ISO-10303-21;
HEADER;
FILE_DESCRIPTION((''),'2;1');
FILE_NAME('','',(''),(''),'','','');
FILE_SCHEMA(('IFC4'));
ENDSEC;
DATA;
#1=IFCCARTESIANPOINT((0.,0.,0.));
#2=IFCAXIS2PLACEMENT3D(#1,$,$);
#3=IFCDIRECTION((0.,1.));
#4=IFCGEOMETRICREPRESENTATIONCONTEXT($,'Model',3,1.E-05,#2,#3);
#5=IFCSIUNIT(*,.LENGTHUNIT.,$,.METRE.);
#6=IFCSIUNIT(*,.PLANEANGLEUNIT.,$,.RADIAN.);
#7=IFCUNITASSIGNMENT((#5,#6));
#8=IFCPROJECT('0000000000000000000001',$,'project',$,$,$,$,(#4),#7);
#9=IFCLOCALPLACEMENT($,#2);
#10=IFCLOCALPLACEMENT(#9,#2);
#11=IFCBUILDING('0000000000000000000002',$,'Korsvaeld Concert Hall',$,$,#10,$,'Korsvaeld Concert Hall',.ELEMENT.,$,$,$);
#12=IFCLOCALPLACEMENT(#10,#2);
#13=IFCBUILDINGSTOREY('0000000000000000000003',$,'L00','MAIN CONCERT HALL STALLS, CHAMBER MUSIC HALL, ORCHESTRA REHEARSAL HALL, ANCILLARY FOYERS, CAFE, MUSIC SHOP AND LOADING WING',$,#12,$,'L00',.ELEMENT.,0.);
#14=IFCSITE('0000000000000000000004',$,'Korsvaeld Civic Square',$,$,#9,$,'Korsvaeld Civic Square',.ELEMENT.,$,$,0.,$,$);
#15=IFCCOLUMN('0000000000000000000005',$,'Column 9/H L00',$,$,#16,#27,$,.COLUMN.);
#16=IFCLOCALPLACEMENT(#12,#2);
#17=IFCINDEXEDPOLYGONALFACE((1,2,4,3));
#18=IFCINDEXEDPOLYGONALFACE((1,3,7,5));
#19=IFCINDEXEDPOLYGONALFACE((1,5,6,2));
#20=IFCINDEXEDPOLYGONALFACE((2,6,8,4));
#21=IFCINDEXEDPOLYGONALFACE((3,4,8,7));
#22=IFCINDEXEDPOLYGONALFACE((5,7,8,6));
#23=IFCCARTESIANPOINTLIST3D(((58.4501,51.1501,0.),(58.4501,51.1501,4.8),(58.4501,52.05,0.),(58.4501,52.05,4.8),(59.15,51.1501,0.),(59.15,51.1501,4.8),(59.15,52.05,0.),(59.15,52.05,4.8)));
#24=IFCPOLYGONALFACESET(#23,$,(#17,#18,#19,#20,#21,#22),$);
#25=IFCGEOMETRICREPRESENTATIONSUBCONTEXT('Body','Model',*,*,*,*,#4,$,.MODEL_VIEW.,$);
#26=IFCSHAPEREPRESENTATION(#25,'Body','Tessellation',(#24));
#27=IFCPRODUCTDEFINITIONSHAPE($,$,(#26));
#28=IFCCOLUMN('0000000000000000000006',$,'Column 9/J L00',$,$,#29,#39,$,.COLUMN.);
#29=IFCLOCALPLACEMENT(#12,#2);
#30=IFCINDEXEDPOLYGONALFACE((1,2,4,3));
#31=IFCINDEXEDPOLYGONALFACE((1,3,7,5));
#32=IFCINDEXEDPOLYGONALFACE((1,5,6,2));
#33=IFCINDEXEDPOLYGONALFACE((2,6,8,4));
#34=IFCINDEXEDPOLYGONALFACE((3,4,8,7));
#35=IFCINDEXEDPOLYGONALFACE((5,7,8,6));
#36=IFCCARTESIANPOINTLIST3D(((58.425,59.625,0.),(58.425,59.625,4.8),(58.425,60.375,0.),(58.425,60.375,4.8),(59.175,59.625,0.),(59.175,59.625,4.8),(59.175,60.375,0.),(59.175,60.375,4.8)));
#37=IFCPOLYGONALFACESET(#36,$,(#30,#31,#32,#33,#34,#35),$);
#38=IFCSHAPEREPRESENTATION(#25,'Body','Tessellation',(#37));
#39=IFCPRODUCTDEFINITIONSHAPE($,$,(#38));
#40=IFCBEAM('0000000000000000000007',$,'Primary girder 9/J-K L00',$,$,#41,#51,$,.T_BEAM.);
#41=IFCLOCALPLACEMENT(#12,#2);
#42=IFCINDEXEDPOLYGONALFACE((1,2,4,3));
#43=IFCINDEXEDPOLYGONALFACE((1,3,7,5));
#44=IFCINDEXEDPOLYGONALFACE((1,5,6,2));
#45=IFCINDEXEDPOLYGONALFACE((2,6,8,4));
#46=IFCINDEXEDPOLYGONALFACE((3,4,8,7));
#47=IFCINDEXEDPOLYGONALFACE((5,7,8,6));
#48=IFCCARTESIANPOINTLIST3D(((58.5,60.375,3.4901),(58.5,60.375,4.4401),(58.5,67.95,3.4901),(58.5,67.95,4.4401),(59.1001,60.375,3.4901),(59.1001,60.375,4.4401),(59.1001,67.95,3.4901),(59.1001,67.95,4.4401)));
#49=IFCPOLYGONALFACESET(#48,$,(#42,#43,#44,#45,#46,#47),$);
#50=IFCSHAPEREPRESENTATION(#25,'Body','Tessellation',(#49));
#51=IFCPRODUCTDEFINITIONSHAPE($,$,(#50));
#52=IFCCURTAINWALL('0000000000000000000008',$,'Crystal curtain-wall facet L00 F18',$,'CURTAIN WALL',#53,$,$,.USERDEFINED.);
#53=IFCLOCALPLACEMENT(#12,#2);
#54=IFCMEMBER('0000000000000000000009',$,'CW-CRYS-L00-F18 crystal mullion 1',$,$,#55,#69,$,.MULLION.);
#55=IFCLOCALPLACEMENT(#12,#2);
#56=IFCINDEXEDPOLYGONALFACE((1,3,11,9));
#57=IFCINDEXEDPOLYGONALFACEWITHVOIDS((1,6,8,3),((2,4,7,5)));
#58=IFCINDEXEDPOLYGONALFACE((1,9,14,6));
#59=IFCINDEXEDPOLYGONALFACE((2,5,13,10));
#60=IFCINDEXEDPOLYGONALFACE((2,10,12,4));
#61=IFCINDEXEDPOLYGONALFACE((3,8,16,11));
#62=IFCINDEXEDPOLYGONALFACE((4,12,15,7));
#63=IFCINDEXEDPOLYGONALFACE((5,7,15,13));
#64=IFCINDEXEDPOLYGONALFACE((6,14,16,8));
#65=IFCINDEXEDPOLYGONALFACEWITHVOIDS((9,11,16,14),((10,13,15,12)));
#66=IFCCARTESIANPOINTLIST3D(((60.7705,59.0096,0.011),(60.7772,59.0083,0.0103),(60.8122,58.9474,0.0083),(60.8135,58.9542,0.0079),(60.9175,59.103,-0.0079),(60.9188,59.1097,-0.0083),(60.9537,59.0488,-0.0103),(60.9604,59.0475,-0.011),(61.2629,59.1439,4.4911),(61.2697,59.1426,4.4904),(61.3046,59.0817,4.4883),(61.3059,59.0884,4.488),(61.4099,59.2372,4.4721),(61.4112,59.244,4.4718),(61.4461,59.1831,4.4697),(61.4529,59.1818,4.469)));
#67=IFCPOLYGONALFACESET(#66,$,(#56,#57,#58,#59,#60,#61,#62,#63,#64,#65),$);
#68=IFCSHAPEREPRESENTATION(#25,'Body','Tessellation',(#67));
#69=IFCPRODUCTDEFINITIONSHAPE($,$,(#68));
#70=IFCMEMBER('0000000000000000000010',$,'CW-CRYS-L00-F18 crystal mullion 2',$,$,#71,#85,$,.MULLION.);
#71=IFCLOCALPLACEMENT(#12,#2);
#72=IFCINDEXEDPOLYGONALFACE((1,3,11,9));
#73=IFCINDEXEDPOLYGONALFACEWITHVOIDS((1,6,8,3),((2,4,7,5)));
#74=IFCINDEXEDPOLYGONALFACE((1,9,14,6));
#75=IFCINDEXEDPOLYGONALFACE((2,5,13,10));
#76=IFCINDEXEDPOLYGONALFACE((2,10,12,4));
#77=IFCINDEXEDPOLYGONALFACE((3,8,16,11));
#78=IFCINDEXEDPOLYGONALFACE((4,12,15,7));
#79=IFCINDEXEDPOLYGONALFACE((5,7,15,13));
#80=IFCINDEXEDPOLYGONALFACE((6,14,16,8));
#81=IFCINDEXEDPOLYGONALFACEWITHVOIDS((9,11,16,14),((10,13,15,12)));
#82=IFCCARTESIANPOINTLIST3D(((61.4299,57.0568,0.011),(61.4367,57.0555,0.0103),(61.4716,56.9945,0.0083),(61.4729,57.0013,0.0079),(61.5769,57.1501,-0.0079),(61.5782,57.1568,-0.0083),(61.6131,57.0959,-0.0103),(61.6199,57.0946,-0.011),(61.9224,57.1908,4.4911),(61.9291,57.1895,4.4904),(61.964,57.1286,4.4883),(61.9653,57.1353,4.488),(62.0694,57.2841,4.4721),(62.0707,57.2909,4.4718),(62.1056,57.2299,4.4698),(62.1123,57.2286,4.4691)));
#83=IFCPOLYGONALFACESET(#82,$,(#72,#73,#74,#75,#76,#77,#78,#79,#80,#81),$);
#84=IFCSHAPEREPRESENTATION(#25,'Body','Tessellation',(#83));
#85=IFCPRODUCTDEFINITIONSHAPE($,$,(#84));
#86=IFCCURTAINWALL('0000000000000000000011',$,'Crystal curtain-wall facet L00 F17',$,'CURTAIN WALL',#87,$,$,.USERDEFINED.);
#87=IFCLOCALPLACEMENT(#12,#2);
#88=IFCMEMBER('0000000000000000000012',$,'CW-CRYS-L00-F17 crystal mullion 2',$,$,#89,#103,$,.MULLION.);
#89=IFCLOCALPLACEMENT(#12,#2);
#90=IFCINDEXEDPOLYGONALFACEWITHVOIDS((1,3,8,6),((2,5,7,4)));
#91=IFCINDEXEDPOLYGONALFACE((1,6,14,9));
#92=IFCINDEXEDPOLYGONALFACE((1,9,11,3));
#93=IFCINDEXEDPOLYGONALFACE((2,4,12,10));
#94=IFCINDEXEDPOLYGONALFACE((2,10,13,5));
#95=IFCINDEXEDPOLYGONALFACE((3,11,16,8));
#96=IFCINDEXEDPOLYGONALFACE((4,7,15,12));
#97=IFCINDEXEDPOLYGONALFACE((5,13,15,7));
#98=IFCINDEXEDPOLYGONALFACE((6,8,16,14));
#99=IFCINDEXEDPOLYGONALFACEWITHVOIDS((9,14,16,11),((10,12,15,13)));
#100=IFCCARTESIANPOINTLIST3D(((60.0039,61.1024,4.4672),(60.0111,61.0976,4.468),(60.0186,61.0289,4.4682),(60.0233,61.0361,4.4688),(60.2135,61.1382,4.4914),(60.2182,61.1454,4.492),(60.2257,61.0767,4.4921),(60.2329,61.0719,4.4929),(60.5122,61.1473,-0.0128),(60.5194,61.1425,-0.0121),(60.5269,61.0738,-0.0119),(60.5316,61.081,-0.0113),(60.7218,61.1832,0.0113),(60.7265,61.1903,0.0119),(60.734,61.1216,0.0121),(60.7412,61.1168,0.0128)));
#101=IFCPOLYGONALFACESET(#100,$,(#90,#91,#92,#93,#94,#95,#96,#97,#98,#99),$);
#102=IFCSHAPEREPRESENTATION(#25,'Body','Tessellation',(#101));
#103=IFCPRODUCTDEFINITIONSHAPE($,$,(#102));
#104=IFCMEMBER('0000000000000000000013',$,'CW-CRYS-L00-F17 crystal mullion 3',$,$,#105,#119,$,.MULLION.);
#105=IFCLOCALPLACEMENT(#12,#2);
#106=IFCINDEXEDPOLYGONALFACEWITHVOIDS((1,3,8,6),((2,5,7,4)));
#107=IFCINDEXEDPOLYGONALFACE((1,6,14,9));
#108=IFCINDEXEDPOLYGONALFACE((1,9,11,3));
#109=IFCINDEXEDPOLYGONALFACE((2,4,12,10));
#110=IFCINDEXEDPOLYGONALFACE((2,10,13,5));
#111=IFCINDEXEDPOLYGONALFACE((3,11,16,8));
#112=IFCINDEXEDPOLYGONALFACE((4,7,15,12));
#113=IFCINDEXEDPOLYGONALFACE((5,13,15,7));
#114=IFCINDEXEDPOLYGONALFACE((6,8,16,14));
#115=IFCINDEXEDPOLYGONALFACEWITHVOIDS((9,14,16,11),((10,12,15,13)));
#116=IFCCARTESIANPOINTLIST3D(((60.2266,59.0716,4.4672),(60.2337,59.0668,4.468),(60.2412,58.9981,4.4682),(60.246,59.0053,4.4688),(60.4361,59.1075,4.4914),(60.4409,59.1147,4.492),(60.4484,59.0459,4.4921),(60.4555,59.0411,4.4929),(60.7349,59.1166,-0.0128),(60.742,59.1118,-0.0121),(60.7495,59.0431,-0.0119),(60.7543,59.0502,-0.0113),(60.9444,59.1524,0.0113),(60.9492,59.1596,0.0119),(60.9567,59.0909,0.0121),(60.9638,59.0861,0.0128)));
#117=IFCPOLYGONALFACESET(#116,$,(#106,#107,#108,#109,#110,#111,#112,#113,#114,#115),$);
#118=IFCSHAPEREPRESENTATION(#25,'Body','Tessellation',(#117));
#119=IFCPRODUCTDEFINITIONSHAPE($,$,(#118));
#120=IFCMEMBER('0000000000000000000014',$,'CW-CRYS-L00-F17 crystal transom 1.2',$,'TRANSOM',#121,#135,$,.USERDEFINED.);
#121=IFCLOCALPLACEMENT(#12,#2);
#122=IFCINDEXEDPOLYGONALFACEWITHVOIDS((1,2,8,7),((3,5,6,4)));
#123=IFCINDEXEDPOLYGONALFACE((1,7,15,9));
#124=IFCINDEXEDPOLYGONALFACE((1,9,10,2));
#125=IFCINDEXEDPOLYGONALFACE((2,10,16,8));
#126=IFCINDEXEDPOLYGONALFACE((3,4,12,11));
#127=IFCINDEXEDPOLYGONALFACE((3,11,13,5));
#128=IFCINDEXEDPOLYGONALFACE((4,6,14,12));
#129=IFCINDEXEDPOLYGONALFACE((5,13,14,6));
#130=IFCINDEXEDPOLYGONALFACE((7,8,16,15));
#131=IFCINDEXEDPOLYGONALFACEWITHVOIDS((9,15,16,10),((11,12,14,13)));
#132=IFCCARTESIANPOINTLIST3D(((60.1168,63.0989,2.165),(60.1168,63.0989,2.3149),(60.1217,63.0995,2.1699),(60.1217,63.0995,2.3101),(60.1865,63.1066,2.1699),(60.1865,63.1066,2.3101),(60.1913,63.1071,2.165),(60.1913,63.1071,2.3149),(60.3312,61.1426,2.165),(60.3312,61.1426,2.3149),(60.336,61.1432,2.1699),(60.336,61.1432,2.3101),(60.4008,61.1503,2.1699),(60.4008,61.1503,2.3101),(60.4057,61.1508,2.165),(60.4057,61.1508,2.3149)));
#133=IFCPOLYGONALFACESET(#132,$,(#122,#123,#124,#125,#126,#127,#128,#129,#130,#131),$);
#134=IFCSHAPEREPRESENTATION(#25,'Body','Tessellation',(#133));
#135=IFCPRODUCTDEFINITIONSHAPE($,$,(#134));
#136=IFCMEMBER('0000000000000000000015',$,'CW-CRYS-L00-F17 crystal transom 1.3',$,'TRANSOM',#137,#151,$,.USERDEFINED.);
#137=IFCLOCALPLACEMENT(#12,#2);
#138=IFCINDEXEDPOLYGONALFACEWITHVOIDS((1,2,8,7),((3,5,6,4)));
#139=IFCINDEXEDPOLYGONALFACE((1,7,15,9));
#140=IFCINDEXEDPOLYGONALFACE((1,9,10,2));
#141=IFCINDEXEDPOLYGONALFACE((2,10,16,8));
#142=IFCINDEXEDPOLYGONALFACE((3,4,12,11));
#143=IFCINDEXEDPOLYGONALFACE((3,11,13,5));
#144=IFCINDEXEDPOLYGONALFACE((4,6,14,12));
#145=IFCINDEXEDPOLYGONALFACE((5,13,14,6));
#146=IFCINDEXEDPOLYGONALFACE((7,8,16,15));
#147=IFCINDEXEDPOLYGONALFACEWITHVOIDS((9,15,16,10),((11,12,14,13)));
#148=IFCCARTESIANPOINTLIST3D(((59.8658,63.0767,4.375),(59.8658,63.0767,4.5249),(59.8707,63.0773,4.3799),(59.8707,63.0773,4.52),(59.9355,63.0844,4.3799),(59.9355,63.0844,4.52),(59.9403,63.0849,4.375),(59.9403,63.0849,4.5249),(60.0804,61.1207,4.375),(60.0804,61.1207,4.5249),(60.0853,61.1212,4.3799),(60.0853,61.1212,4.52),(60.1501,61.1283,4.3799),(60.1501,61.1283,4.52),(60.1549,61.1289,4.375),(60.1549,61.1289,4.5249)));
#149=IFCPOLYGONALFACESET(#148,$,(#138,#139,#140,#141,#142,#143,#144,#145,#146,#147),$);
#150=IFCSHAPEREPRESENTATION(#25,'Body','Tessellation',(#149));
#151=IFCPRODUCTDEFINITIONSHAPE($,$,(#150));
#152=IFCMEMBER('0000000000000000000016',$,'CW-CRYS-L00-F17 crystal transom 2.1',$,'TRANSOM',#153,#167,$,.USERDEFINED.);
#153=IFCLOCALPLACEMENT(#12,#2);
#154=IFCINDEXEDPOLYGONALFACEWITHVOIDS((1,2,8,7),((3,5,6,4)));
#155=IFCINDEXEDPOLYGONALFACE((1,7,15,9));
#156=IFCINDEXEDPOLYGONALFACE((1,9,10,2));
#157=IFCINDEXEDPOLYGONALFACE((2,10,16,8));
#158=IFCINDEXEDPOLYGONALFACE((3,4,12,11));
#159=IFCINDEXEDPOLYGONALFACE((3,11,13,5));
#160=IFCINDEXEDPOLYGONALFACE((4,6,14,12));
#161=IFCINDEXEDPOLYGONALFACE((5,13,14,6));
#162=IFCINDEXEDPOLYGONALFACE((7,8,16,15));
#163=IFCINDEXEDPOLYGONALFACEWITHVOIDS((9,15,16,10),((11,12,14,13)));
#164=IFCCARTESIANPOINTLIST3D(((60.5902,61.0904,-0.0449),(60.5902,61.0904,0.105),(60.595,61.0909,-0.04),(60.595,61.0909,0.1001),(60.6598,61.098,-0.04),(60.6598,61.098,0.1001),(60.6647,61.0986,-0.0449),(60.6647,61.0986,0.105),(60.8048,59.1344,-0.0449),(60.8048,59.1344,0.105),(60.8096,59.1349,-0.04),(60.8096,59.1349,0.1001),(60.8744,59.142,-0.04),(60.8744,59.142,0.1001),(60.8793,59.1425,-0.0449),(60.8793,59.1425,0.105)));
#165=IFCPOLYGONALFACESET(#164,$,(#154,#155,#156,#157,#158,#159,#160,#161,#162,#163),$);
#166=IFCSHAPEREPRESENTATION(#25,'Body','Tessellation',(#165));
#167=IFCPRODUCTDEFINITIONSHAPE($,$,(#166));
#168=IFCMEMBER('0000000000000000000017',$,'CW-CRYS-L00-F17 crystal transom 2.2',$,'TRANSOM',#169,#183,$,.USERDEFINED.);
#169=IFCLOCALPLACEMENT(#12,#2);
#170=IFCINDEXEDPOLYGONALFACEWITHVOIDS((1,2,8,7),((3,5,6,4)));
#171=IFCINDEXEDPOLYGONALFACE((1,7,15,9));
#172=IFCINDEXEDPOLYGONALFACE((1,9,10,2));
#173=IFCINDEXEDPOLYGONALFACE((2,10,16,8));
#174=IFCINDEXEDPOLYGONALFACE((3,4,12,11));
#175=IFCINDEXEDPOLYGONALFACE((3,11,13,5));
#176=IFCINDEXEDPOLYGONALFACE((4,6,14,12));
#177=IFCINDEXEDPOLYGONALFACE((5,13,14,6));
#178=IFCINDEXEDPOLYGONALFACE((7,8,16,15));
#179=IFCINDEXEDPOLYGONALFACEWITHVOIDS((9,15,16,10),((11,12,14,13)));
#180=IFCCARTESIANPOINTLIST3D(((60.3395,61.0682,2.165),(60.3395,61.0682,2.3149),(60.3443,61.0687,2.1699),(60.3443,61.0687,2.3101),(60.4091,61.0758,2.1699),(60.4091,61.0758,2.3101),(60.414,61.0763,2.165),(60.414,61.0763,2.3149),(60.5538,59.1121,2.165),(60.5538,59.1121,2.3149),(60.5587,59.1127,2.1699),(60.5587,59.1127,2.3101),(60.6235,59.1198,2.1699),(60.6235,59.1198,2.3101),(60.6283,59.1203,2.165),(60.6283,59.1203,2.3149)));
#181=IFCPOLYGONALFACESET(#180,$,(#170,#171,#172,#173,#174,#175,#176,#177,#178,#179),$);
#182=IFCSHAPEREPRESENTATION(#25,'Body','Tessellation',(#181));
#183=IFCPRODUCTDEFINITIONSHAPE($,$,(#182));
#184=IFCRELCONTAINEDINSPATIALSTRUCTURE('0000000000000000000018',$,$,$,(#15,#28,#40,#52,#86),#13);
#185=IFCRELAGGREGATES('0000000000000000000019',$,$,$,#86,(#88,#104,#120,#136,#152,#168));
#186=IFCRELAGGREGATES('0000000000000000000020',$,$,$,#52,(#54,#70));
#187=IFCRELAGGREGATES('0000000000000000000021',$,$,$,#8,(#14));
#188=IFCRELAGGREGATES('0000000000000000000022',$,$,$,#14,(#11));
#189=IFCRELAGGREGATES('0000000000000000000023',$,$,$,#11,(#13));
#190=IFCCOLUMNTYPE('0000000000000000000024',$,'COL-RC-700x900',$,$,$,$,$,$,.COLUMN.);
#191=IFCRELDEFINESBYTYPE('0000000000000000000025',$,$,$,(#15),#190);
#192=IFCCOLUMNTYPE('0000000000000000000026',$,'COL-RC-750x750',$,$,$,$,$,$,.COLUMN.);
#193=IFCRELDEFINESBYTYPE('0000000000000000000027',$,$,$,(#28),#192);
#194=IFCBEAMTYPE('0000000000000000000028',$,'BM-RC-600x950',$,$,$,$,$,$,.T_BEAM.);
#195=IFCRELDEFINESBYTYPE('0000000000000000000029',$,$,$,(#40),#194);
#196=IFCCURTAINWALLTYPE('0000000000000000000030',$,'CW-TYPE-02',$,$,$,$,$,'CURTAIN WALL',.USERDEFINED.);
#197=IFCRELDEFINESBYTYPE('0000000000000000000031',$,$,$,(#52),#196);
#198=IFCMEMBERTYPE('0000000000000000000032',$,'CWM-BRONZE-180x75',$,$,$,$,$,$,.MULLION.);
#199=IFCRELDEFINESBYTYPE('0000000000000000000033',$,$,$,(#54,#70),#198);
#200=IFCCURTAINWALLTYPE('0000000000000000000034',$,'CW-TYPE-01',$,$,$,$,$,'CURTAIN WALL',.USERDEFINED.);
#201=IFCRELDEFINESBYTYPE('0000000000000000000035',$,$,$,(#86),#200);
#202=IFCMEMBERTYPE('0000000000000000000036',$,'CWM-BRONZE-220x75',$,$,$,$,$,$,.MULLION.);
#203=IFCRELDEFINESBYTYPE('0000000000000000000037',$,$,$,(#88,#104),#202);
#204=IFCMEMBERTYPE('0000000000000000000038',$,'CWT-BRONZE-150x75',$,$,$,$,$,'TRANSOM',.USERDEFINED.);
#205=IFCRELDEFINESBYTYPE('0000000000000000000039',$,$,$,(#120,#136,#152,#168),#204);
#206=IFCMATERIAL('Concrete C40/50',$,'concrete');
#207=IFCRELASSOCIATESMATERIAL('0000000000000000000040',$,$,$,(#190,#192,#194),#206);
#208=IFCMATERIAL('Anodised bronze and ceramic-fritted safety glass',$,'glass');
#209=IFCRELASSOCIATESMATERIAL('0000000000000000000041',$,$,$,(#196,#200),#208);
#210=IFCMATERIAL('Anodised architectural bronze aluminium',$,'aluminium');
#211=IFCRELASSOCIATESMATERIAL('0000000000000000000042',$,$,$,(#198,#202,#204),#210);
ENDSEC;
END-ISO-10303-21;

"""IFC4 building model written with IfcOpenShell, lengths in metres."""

from ifc_helpers import new_model, si_unit, direction, frame, origin, origin_2d, place, context, subcontext, project, spatial, rectangle, hollow_rectangle, extrude, material, material_profile, profile_set, type_object, element, aggregate, save


model = new_model("IFC4")

# Units and contexts
model_context = context("Model", 3, precision=1e-05, world=origin(), true_north=direction((0.0, 1.0)))
body_context = subcontext(model_context, "Body", "Model", "MODEL_VIEW")
ifc_project = project(units=[si_unit("LENGTHUNIT", "METRE"), si_unit("PLANEANGLEUNIT", "RADIAN")], contexts=[model_context])

# Site, building, storey
site_placement = place(None, origin())
site = spatial("IfcSite", under=ifc_project, at=site_placement, Name="Korsvaeld Civic Square", LongName="Korsvaeld Civic Square", CompositionType="ELEMENT", RefElevation=0.0)
building_placement = place(site_placement, origin())
building = spatial("IfcBuilding", under=site, at=building_placement, Name="Korsvaeld Concert Hall", LongName="Korsvaeld Concert Hall", CompositionType="ELEMENT")
storey_placement = place(building_placement, origin())
storey = spatial("IfcBuildingStorey", under=building, at=storey_placement, Name="L00", Description="MAIN CONCERT HALL STALLS, CHAMBER MUSIC HALL, ORCHESTRA REHEARSAL HALL, ANCILLARY FOYERS, CAFE, MUSIC SHOP AND LOADING WING", LongName="L00", CompositionType="ELEMENT", Elevation=0.0)

# Columns
ifc_material_1 = material(Name="Concrete C40/50", Category="concrete")
ifc_material_profile_1 = material_profile(ifc_material_1, rectangle(XDim=0.7, YDim=0.8999, at=origin_2d()), Name="RC 700x900")
ifc_profile_set_1 = profile_set([ifc_material_profile_1], Name="Concrete C40/50")
column_type_1 = type_object("IfcColumnType", Name="COL-RC-700x900", PredefinedType="COLUMN", material=ifc_profile_set_1)
column_1_placement = place(storey_placement, frame((58.8, 51.6001, 0.0), z_axis=(0.0, 0.0, 1.0), x_axis=(1.0, 0.0, 0.0)))
element("IfcColumn", 1, at=column_1_placement, inside=storey, type_object=column_type_1, Name="Column 9/H L00", PredefinedType="COLUMN", context=body_context, shape_type="SweptSolid", body=[
    extrude(rectangle(XDim=0.7, YDim=0.8999, at=origin_2d()), origin(), (0.0, 0.0, 1.0), 4.8),
])
ifc_material_profile_2 = material_profile(ifc_material_1, rectangle(XDim=0.75, YDim=0.75, at=origin_2d()), Name="RC 750x750")
ifc_profile_set_2 = profile_set([ifc_material_profile_2], Name="Concrete C40/50")
column_type_2 = type_object("IfcColumnType", Name="COL-RC-750x750", PredefinedType="COLUMN", material=ifc_profile_set_2)
column_2_placement = place(storey_placement, frame((58.8, 60.0, 0.0), z_axis=(0.0, 0.0, 1.0), x_axis=(1.0, 0.0, 0.0)))
element("IfcColumn", 2, at=column_2_placement, inside=storey, type_object=column_type_2, Name="Column 9/J L00", PredefinedType="COLUMN", context=body_context, shape_type="SweptSolid", body=[
    extrude(rectangle(XDim=0.75, YDim=0.75, at=origin_2d()), origin(), (0.0, 0.0, 1.0), 4.8),
])

# Beam
ifc_material_profile_3 = material_profile(ifc_material_1, rectangle(XDim=0.6001, YDim=0.95, at=origin_2d()), Name="RC 600x950")
ifc_profile_set_3 = profile_set([ifc_material_profile_3], Name="Concrete C40/50")
beam_type = type_object("IfcBeamType", Name="BM-RC-600x950", PredefinedType="T_BEAM", material=ifc_profile_set_3)
beam_placement = place(storey_placement, frame((58.8, 60.375, 3.9651), z_axis=(0.0, 1.0, 0.0), x_axis=(-1.0, 0.0, 0.0)))
element("IfcBeam", 3, at=beam_placement, inside=storey, type_object=beam_type, Name="Primary girder 9/J-K L00", PredefinedType="T_BEAM", context=body_context, shape_type="SweptSolid", body=[
    extrude(rectangle(XDim=0.6001, YDim=0.95, at=origin_2d()), origin(), (0.0, 0.0, 1.0), 7.575),
])

# Curtain walls, members
ifc_material_2 = material(Name="Anodised bronze and ceramic-fritted safety glass", Category="glass")
curtain_wall_type_1 = type_object("IfcCurtainWallType", Name="CW-TYPE-02", ElementType="CURTAIN WALL", PredefinedType="USERDEFINED", material=ifc_material_2)
curtain_wall_1_placement = place(storey_placement, origin())
curtain_wall_1 = element("IfcCurtainWall", 4, at=curtain_wall_1_placement, inside=storey, type_object=curtain_wall_type_1, Name="Crystal curtain-wall facet L00 F18", ObjectType="CURTAIN WALL", PredefinedType="USERDEFINED")
ifc_material_3 = material(Name="Anodised architectural bronze aluminium", Category="aluminium")
ifc_material_profile_4 = material_profile(ifc_material_3, hollow_rectangle(XDim=0.075, YDim=0.1799, WallThickness=0.0049, at=origin_2d()), Name="CWM 180x75x5")
ifc_profile_set_4 = profile_set([ifc_material_profile_4], Name="Anodised architectural bronze aluminium")
member_type_1 = type_object("IfcMemberType", Name="CWM-BRONZE-180x75", PredefinedType="MULLION", material=ifc_profile_set_4)
member_1_placement = place(storey_placement, frame((60.8655, 59.0286, 0.0), z_axis=(0.109212, 0.02978, 0.993572), x_axis=(-0.555918, 0.830448, 0.036215)))
member_1 = element("IfcMember", 5, at=member_1_placement, type_object=member_type_1, Name="CW-CRYS-L00-F18 crystal mullion 1", PredefinedType="MULLION", context=body_context, shape_type="SweptSolid", body=[
    extrude(hollow_rectangle(XDim=0.075, YDim=0.1799, WallThickness=0.0049, at=origin_2d()), origin(), (0.0, 0.0, 1.0), 4.509),
])
member_2_placement = place(storey_placement, frame((61.5249, 57.0757, 0.0), z_axis=(0.109212, 0.029726, 0.993574), x_axis=(-0.555535, 0.830704, 0.03621)))
member_2 = element("IfcMember", 6, at=member_2_placement, type_object=member_type_1, Name="CW-CRYS-L00-F18 crystal mullion 2", PredefinedType="MULLION", context=body_context, shape_type="SweptSolid", body=[
    extrude(hollow_rectangle(XDim=0.075, YDim=0.1799, WallThickness=0.0049, at=origin_2d()), origin(), (0.0, 0.0, 1.0), 4.509),
])
curtain_wall_type_2 = type_object("IfcCurtainWallType", Name="CW-TYPE-01", ElementType="CURTAIN WALL", PredefinedType="USERDEFINED", material=ifc_material_2)
curtain_wall_2_placement = place(storey_placement, origin())
curtain_wall_2 = element("IfcCurtainWall", 7, at=curtain_wall_2_placement, inside=storey, type_object=curtain_wall_type_2, Name="Crystal curtain-wall facet L00 F17", ObjectType="CURTAIN WALL", PredefinedType="USERDEFINED")
ifc_material_profile_5 = material_profile(ifc_material_3, hollow_rectangle(XDim=0.075, YDim=0.22, WallThickness=0.0061, at=origin_2d()), Name="CWM 220x75x6")
ifc_profile_set_5 = profile_set([ifc_material_profile_5], Name="Anodised architectural bronze aluminium")
member_type_2 = type_object("IfcMemberType", Name="CWM-BRONZE-220x75", PredefinedType="MULLION", material=ifc_profile_set_5)
member_3_placement = place(storey_placement, frame((60.6267, 61.1321, 0.0), z_axis=(-0.112732, -0.009963, 0.993576), x_axis=(0.195385, -0.980649, 0.012335)))
member_3 = element("IfcMember", 8, at=member_3_placement, type_object=member_type_2, Name="CW-CRYS-L00-F17 crystal mullion 2", PredefinedType="MULLION", context=body_context, shape_type="SweptSolid", body=[
    extrude(hollow_rectangle(XDim=0.075, YDim=0.22, WallThickness=0.0061, at=origin_2d()), origin(), (0.0, 0.0, 1.0), 4.509),
])
member_4_placement = place(storey_placement, frame((60.8494, 59.1013, 0.0), z_axis=(-0.112732, -0.009963, 0.993576), x_axis=(0.195385, -0.980649, 0.012335)))
member_4 = element("IfcMember", 9, at=member_4_placement, type_object=member_type_2, Name="CW-CRYS-L00-F17 crystal mullion 3", PredefinedType="MULLION", context=body_context, shape_type="SweptSolid", body=[
    extrude(hollow_rectangle(XDim=0.075, YDim=0.22, WallThickness=0.0061, at=origin_2d()), origin(), (0.0, 0.0, 1.0), 4.509),
])
ifc_material_profile_6 = material_profile(ifc_material_3, hollow_rectangle(XDim=0.075, YDim=0.1499, WallThickness=0.0049, at=origin_2d()), Name="CWT 150x75x5")
ifc_profile_set_6 = profile_set([ifc_material_profile_6], Name="Anodised architectural bronze aluminium")
member_type_3 = type_object("IfcMemberType", Name="CWT-BRONZE-150x75", ElementType="TRANSOM", PredefinedType="USERDEFINED", material=ifc_profile_set_6)
member_5_placement = place(storey_placement, frame((60.1541, 63.103, 2.24), z_axis=(0.10892, -0.994051, 0.0), x_axis=(0.994051, 0.10892, 0.0)))
member_5 = element("IfcMember", 10, at=member_5_placement, type_object=member_type_3, Name="CW-CRYS-L00-F17 crystal transom 1.2", ObjectType="TRANSOM", PredefinedType="USERDEFINED", context=body_context, shape_type="SweptSolid", body=[
    extrude(hollow_rectangle(XDim=0.075, YDim=0.1499, WallThickness=0.0049, at=origin_2d()), origin(), (0.0, 0.0, 1.0), 1.968),
])
member_6_placement = place(storey_placement, frame((59.9031, 63.0808, 4.45), z_axis=(0.109056, -0.994036, 0.0), x_axis=(0.994036, 0.109056, 0.0)))
member_6 = element("IfcMember", 11, at=member_6_placement, type_object=member_type_3, Name="CW-CRYS-L00-F17 crystal transom 1.3", ObjectType="TRANSOM", PredefinedType="USERDEFINED", context=body_context, shape_type="SweptSolid", body=[
    extrude(hollow_rectangle(XDim=0.075, YDim=0.1499, WallThickness=0.0049, at=origin_2d()), origin(), (0.0, 0.0, 1.0), 1.9678),
])
member_7_placement = place(storey_placement, frame((60.6274, 61.0945, 0.03), z_axis=(0.109056, -0.994036, 0.0), x_axis=(0.994036, 0.109056, 0.0)))
member_7 = element("IfcMember", 12, at=member_7_placement, type_object=member_type_3, Name="CW-CRYS-L00-F17 crystal transom 2.1", ObjectType="TRANSOM", PredefinedType="USERDEFINED", context=body_context, shape_type="SweptSolid", body=[
    extrude(hollow_rectangle(XDim=0.075, YDim=0.1499, WallThickness=0.0049, at=origin_2d()), origin(), (0.0, 0.0, 1.0), 1.9678),
])
member_8_placement = place(storey_placement, frame((60.3767, 61.0723, 2.24), z_axis=(0.108933, -0.994049, 0.0), x_axis=(0.994049, 0.108933, 0.0)))
member_8 = element("IfcMember", 13, at=member_8_placement, type_object=member_type_3, Name="CW-CRYS-L00-F17 crystal transom 2.2", ObjectType="TRANSOM", PredefinedType="USERDEFINED", context=body_context, shape_type="SweptSolid", body=[
    extrude(hollow_rectangle(XDim=0.075, YDim=0.1499, WallThickness=0.0049, at=origin_2d()), origin(), (0.0, 0.0, 1.0), 1.9678),
])

aggregate(curtain_wall_2, [member_3, member_4, member_5, member_6, member_7, member_8])
aggregate(curtain_wall_1, [member_1, member_2])

save(model, "model.ifc")
